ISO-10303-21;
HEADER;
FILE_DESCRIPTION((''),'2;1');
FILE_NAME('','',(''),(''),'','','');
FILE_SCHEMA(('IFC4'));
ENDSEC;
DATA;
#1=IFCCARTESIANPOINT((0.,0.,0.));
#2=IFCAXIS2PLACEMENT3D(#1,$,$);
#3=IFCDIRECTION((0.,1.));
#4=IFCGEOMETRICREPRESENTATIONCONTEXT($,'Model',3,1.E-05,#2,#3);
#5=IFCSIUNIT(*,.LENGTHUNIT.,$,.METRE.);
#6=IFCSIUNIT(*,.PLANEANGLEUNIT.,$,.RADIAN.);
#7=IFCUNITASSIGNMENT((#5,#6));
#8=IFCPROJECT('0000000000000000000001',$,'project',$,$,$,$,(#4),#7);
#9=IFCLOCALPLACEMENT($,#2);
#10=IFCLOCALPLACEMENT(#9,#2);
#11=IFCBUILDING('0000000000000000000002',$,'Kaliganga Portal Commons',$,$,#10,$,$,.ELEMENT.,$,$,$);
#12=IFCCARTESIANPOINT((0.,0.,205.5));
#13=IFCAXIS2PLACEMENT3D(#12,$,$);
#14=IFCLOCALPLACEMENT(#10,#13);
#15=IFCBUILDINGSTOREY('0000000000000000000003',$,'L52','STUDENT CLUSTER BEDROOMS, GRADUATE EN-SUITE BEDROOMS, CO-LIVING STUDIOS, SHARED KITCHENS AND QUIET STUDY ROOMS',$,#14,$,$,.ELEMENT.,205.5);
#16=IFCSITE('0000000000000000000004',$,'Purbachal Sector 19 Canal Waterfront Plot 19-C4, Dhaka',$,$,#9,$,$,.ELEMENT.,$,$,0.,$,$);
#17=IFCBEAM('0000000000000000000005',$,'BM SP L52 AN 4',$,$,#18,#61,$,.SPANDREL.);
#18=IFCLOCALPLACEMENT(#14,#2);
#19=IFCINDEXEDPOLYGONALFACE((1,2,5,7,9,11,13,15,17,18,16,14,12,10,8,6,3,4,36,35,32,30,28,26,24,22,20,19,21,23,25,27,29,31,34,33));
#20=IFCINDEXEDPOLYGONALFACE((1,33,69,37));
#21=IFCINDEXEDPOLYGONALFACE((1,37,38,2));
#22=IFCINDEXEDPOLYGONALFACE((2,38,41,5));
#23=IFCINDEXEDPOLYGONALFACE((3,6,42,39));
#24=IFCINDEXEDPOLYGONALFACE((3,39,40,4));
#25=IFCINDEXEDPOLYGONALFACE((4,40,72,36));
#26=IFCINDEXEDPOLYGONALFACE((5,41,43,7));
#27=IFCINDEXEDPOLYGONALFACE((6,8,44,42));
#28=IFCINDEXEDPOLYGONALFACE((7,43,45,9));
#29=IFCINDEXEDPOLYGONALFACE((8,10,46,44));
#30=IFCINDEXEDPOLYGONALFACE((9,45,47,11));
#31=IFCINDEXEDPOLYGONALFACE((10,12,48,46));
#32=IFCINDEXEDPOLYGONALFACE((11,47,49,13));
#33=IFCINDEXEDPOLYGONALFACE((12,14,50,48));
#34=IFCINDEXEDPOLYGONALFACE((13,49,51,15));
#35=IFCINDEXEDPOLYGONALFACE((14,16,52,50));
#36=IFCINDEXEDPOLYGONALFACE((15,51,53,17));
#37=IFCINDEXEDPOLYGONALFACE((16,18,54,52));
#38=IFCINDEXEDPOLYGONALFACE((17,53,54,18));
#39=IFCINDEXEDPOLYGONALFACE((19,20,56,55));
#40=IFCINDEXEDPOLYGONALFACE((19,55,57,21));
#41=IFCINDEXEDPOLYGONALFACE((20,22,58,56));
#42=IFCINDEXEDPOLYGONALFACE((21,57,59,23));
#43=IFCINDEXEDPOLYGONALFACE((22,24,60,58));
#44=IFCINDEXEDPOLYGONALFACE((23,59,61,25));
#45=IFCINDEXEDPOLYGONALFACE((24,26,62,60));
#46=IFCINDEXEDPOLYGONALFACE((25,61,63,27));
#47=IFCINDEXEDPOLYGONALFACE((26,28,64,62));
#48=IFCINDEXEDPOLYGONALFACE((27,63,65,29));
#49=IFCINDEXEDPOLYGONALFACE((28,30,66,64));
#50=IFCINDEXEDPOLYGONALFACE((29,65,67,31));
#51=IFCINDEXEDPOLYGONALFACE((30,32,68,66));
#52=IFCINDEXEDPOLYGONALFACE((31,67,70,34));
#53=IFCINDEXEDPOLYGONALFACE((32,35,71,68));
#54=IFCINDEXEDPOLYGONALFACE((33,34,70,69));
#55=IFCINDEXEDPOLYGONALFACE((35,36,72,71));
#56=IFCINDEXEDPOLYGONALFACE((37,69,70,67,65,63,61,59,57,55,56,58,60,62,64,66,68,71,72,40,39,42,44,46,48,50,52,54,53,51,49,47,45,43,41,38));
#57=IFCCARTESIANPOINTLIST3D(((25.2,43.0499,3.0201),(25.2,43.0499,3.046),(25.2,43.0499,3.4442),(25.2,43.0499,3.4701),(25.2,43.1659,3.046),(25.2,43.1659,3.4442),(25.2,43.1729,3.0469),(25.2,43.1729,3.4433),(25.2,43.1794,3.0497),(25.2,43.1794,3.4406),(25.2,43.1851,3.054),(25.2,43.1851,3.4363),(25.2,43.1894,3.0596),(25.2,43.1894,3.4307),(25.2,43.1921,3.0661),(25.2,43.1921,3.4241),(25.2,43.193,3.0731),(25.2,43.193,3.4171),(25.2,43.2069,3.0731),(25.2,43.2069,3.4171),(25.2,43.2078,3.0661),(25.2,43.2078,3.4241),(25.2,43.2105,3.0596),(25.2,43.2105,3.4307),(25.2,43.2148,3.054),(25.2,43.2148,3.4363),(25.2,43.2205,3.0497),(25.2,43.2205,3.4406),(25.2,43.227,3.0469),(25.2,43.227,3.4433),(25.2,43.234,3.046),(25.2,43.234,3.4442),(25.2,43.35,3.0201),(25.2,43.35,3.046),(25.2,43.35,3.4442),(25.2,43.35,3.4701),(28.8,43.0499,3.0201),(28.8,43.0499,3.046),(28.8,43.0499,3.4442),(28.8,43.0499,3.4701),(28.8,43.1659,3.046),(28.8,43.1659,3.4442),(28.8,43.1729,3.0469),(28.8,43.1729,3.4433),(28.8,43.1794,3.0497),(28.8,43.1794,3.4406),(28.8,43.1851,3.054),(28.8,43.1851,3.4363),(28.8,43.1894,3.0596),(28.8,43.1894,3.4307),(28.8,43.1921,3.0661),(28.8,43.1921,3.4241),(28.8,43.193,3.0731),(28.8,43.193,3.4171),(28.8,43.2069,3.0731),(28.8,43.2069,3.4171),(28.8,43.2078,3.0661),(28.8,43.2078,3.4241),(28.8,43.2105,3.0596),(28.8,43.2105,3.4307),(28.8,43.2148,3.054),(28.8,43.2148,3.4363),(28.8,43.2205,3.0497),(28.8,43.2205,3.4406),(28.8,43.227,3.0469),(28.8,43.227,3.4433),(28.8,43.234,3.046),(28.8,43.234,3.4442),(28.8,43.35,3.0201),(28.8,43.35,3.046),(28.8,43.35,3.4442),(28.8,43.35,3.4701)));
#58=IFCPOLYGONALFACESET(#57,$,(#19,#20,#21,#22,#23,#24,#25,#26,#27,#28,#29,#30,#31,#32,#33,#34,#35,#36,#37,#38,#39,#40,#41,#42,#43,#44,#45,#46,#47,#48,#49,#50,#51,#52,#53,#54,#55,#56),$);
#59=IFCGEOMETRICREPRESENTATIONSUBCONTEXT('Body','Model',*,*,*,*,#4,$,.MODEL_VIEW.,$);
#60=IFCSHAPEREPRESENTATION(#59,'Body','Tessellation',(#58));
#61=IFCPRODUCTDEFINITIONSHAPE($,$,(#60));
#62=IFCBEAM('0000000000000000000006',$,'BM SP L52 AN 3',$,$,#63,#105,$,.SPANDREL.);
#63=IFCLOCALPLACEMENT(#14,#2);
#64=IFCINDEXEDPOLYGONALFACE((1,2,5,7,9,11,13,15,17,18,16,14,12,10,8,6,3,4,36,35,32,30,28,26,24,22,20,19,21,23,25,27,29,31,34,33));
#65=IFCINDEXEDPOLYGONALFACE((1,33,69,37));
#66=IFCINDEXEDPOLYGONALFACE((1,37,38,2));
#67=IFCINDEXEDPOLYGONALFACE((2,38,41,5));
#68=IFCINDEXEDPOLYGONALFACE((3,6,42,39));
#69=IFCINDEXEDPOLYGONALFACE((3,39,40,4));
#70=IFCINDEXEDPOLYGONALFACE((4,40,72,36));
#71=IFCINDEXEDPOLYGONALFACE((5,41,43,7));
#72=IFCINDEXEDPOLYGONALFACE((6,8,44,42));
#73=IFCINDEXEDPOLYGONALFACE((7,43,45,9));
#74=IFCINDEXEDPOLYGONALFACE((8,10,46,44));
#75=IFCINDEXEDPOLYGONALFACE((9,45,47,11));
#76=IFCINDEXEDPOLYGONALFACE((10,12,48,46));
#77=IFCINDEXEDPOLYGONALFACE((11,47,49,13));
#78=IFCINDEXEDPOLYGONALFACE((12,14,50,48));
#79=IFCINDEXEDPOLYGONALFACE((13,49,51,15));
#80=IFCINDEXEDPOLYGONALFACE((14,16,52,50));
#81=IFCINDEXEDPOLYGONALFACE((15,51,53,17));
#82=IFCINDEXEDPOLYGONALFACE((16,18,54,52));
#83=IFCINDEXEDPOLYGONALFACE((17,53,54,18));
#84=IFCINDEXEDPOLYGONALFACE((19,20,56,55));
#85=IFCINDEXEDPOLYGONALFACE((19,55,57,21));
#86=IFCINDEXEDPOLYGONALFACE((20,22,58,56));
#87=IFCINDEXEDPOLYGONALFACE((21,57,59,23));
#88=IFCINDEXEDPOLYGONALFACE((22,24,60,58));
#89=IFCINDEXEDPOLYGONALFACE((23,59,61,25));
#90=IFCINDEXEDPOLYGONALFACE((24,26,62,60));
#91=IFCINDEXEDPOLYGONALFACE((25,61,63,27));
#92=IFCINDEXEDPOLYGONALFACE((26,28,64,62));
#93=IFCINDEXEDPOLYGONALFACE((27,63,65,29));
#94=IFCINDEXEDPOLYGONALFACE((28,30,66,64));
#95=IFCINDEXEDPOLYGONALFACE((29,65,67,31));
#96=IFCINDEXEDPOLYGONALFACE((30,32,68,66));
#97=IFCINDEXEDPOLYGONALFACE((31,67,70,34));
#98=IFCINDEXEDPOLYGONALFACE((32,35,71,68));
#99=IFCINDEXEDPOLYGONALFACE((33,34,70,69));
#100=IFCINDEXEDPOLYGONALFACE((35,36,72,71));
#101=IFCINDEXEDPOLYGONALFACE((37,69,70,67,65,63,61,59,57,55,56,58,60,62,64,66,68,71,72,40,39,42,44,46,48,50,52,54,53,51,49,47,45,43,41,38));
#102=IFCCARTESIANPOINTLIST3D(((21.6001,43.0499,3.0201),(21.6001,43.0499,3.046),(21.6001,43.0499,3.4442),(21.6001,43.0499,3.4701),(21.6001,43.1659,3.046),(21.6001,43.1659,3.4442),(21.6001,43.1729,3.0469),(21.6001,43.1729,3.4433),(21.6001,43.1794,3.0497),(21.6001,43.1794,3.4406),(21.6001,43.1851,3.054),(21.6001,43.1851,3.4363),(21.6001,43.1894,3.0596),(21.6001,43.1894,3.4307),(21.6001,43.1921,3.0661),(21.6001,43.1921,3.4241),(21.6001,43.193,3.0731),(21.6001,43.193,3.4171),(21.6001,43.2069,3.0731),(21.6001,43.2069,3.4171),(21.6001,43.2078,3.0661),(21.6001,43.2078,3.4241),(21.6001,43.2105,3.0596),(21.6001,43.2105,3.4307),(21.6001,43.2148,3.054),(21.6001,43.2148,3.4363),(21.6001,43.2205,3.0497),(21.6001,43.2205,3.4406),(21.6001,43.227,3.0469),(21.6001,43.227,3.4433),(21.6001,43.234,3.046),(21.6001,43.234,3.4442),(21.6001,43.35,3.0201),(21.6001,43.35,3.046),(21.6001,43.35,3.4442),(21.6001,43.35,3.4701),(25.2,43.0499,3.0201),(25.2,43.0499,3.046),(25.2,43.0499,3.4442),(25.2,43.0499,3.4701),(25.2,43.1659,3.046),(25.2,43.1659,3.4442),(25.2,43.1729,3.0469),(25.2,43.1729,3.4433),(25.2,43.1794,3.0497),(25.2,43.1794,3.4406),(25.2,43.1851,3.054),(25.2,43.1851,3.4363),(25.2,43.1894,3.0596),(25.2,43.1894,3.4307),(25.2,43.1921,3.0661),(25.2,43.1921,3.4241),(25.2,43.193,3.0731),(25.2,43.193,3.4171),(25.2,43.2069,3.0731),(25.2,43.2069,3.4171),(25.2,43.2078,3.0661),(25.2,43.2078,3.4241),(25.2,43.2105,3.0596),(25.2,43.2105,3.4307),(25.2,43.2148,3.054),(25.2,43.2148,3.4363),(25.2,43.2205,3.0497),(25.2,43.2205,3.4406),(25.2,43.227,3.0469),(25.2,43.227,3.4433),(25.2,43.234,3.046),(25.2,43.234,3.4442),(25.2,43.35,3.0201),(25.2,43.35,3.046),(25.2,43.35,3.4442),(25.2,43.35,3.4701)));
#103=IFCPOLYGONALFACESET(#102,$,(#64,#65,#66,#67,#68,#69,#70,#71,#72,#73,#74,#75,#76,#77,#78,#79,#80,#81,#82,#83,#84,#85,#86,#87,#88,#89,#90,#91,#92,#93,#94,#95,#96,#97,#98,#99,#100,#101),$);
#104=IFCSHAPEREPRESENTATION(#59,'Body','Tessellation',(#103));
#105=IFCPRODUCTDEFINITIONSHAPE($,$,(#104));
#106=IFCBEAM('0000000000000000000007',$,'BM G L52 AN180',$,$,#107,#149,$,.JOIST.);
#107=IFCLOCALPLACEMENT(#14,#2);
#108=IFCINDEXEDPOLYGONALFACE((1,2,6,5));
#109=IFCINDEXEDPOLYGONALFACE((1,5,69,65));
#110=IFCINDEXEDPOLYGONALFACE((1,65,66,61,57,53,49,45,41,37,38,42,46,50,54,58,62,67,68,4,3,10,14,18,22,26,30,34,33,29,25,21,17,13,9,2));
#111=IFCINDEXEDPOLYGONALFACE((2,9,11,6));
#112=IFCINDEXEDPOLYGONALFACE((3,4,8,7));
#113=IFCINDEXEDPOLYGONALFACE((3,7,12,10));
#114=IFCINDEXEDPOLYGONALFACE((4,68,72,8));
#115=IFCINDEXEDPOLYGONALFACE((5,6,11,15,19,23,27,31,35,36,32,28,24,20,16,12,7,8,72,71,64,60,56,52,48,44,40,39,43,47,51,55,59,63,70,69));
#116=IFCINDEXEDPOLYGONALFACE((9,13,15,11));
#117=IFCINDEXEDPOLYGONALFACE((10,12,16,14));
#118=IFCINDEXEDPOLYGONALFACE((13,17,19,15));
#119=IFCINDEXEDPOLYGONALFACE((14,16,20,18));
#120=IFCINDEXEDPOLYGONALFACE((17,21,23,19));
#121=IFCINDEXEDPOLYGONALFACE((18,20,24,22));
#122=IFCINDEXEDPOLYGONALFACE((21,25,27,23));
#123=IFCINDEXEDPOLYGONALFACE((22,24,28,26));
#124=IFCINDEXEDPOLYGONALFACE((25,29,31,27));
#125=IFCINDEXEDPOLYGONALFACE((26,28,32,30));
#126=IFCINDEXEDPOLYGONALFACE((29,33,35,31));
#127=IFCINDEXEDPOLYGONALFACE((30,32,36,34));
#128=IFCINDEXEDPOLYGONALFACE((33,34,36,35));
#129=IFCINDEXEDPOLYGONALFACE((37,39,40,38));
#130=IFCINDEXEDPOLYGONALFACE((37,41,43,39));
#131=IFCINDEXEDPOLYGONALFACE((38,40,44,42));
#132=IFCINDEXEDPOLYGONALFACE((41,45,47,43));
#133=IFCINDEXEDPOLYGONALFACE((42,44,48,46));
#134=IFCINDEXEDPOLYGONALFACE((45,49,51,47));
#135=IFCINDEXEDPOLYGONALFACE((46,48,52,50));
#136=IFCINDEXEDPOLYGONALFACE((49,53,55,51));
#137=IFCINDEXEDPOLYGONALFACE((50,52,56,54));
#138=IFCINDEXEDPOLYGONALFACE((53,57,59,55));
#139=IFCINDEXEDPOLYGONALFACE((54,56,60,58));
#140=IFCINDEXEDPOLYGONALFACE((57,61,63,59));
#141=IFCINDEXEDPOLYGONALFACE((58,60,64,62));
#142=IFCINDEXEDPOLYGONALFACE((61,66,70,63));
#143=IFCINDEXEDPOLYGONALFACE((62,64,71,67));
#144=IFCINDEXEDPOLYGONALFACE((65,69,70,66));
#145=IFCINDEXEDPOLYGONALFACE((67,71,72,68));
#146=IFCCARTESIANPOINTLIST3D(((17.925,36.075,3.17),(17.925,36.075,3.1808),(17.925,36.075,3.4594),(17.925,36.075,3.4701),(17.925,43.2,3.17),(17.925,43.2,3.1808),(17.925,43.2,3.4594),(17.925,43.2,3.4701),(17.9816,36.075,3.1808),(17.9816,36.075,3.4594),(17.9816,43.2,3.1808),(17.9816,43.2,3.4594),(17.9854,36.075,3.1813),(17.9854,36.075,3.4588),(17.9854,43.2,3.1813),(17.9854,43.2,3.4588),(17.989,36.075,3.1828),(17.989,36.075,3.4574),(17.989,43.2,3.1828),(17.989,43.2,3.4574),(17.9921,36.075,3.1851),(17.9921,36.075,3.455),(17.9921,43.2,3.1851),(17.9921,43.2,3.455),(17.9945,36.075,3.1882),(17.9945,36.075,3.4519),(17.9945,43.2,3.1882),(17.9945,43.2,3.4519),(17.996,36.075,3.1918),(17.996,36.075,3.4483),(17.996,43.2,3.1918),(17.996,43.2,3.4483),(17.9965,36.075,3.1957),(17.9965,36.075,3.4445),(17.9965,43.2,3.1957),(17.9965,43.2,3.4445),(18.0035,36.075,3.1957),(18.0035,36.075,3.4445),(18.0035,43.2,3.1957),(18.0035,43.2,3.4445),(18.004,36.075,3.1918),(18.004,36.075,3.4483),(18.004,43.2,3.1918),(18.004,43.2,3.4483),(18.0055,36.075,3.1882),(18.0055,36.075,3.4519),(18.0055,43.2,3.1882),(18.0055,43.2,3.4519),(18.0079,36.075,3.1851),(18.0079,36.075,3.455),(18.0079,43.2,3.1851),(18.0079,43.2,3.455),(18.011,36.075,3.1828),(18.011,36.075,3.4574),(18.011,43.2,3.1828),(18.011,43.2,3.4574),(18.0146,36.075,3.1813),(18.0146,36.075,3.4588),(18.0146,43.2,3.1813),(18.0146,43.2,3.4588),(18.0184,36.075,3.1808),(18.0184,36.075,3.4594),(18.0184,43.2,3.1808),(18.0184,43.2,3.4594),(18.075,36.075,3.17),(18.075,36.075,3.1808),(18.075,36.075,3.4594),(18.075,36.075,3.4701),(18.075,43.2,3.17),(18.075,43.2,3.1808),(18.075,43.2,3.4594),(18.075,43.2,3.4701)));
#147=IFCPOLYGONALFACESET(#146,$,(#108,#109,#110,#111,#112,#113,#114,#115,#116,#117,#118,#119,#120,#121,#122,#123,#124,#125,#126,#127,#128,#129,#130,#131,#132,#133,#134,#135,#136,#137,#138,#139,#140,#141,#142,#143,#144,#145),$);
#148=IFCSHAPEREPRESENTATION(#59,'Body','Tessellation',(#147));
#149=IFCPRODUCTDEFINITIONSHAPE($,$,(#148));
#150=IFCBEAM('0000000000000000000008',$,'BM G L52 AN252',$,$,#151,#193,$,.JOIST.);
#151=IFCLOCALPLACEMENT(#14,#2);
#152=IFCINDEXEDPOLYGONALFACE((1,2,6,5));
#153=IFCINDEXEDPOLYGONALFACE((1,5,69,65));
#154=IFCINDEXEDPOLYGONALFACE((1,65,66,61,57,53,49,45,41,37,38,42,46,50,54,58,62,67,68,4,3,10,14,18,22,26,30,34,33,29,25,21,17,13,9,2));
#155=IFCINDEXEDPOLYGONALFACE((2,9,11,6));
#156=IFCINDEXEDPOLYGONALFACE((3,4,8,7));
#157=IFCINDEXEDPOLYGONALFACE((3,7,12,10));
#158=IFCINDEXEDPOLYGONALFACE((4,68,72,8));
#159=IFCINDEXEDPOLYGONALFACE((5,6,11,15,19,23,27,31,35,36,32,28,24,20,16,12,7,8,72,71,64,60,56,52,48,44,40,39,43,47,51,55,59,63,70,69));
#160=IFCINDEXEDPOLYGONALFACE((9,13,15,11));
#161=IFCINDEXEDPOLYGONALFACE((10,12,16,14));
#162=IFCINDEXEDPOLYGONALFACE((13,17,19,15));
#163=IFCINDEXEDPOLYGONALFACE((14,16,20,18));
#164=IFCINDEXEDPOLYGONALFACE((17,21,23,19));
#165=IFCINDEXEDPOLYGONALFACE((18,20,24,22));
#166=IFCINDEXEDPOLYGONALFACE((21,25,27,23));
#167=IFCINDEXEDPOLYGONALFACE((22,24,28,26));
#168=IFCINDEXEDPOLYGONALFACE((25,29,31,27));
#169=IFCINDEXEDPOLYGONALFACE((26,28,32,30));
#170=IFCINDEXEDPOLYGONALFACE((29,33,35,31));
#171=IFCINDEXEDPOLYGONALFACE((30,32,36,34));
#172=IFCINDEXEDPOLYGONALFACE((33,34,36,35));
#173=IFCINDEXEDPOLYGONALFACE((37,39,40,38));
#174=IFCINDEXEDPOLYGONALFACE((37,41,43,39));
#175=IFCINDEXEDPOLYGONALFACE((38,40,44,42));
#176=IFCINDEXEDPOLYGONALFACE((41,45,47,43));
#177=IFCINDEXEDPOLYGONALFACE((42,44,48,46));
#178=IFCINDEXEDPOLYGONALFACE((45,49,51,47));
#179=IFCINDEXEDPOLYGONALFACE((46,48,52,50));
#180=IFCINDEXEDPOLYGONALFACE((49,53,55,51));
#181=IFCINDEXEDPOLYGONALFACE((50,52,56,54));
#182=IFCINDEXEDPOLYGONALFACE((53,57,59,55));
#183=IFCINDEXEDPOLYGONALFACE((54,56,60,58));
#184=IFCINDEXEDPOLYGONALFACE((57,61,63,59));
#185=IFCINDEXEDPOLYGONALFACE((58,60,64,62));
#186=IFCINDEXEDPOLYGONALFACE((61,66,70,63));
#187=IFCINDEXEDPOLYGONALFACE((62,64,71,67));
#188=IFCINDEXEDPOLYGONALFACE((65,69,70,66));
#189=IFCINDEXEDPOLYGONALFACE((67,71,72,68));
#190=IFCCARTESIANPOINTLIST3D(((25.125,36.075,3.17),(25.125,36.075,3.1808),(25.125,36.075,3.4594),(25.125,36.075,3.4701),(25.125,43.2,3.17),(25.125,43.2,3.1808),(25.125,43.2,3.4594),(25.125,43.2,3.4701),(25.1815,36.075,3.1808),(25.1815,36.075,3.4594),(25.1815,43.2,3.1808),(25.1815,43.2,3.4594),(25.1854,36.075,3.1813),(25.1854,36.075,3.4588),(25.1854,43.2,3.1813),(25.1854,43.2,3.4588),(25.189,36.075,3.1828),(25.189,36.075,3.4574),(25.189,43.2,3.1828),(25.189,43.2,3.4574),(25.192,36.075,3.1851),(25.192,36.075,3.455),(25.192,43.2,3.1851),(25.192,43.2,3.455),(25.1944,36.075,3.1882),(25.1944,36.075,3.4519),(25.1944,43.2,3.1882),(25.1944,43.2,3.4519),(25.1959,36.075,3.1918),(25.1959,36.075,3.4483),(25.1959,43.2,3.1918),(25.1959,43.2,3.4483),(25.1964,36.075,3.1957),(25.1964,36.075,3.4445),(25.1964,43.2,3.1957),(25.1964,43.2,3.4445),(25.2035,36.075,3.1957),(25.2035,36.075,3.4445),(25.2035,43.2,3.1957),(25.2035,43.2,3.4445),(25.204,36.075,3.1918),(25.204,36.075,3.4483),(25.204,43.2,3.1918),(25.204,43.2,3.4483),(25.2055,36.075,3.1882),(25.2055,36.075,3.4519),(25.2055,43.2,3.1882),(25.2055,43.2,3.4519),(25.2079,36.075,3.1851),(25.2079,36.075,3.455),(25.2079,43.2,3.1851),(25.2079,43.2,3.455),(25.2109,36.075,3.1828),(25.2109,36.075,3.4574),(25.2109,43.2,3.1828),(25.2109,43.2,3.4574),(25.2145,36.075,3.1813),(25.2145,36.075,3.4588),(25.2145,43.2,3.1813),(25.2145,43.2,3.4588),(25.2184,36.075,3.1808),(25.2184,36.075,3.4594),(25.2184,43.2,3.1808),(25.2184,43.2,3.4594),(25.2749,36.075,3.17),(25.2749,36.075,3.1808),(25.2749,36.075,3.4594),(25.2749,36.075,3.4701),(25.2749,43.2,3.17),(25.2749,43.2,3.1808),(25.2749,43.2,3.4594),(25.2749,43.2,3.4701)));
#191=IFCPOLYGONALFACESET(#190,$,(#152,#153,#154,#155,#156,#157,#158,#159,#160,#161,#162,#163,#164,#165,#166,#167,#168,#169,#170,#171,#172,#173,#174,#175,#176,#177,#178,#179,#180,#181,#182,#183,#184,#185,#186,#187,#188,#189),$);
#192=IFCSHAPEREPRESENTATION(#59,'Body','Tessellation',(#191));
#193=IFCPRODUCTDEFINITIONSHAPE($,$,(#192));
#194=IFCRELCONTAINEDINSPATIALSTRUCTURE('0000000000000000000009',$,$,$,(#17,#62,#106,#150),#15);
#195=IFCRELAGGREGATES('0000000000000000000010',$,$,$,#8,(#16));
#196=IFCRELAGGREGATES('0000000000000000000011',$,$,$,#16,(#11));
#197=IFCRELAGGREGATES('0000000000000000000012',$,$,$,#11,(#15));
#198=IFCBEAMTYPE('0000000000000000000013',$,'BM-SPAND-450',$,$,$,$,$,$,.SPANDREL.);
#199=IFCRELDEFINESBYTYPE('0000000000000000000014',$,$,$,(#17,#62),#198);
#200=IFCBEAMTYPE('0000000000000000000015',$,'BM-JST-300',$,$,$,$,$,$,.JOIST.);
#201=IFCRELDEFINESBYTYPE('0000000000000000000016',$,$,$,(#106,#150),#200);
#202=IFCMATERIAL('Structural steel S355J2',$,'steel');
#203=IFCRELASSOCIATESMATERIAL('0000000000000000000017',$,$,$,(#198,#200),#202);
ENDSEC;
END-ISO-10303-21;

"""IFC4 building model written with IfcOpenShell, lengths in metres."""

from ifc_helpers import new_model, si_unit, direction, frame, origin, origin_2d, place, context, subcontext, project, spatial, i_section, extrude, source, transform, mapped, material, material_profile, profile_set, type_object, element, save


model = new_model("IFC4")

# Units and contexts
model_context = context("Model", 3, precision=1e-05, world=origin(), true_north=direction((0.0, 1.0)))
body_context = subcontext(model_context, "Body", "Model", "MODEL_VIEW")
ifc_project = project(units=[si_unit("LENGTHUNIT", "METRE"), si_unit("PLANEANGLEUNIT", "RADIAN")], contexts=[model_context])

# Site, building, storey
site_placement = place(None, origin())
site = spatial("IfcSite", under=ifc_project, at=site_placement, Name="Purbachal Sector 19 Canal Waterfront Plot 19-C4, Dhaka", CompositionType="ELEMENT", RefElevation=0.0)
building_placement = place(site_placement, origin())
building = spatial("IfcBuilding", under=site, at=building_placement, Name="Kaliganga Portal Commons", CompositionType="ELEMENT")
storey_placement = place(building_placement, frame((0.0, 0.0, 205.5)))
storey = spatial("IfcBuildingStorey", under=building, at=storey_placement, Name="L52", Description="STUDENT CLUSTER BEDROOMS, GRADUATE EN-SUITE BEDROOMS, CO-LIVING STUDIOS, SHARED KITCHENS AND QUIET STUDY ROOMS", CompositionType="ELEMENT", Elevation=205.5)

# Shared definitions
ifc_material_1 = material(Name="Structural steel S355J2", Category="steel")

# Beams
ifc_material_profile_1 = material_profile(ifc_material_1, i_section(OverallWidth=0.3, OverallDepth=0.45, WebThickness=0.0139, FlangeThickness=0.0259, FilletRadius=0.0271, at=origin_2d()), Name="HE 450 B")
ifc_profile_set_1 = profile_set([ifc_material_profile_1], Name="Structural steel S355J2 wide-flange")
beam_type_1 = type_object("IfcBeamType", Name="BM-SPAND-450", PredefinedType="SPANDREL", material=ifc_profile_set_1)
shared_shape_1 = source(origin(), body_context, "Body", "SweptSolid", [
    extrude(i_section(OverallWidth=0.3, OverallDepth=0.45, WebThickness=0.0139, FlangeThickness=0.0259, FilletRadius=0.0271, at=origin_2d()), origin(), (0.0, 0.0, 1.0), 3.6001),
])
for number, where, z_axis, x_axis, name in (
    (1, (25.2, 43.2, 3.2451), (1.0, 0.0, 0.0), (0.0, 1.0, 0.0), "BM SP L52 AN 4"),
):
    element("IfcBeam", number, at=place(storey_placement, frame(where, z_axis=z_axis, x_axis=x_axis)), inside=storey, type_object=beam_type_1, Name=name, PredefinedType="SPANDREL", context=body_context, shape_type="MappedRepresentation", body=[
        mapped(shared_shape_1, transform((0.0, 0.0, 0.0), x_axis=(1.0, 0.0, 0.0), y_axis=(0.0, 1.0, 0.0), z_axis=(0.0, 0.0, 1.0), scale=1.0)),
    ])
shared_shape_2 = source(origin(), body_context, "Body", "SweptSolid", [
    extrude(i_section(OverallWidth=0.3, OverallDepth=0.45, WebThickness=0.0139, FlangeThickness=0.0259, FilletRadius=0.0271, at=origin_2d()), origin(), (0.0, 0.0, 1.0), 3.5999),
])
beam_1_placement = place(storey_placement, frame((21.6001, 43.2, 3.2451), z_axis=(1.0, 0.0, 0.0), x_axis=(0.0, 1.0, 0.0)))
element("IfcBeam", 2, at=beam_1_placement, inside=storey, type_object=beam_type_1, Name="BM SP L52 AN 3", PredefinedType="SPANDREL", context=body_context, shape_type="MappedRepresentation", body=[
    mapped(shared_shape_2, transform((0.0, 0.0, 0.0), x_axis=(1.0, 0.0, 0.0), y_axis=(0.0, 1.0, 0.0), z_axis=(0.0, 0.0, 1.0), scale=1.0)),
])
ifc_material_profile_2 = material_profile(ifc_material_1, i_section(OverallWidth=0.1499, OverallDepth=0.3, WebThickness=0.0071, FlangeThickness=0.0107, FilletRadius=0.0149, at=origin_2d()), Name="IPE 300")
ifc_profile_set_2 = profile_set([ifc_material_profile_2], Name="Structural steel S355J2 wide-flange")
beam_type_2 = type_object("IfcBeamType", Name="BM-JST-300", PredefinedType="JOIST", material=ifc_profile_set_2)
shared_shape_3 = source(origin(), body_context, "Body", "SweptSolid", [
    extrude(i_section(OverallWidth=0.1499, OverallDepth=0.3, WebThickness=0.0071, FlangeThickness=0.0107, FilletRadius=0.0149, at=origin_2d()), origin(), (0.0, 0.0, 1.0), 7.125),
])
for number, where, z_axis, x_axis, name in (
    (3, (18.0, 36.075, 3.3201), (0.0, 1.0, 0.0), (-1.0, 0.0, 0.0), "BM G L52 AN180"),
    (4, (25.2, 36.075, 3.3201), (0.0, 1.0, 0.0), (-1.0, 0.0, 0.0), "BM G L52 AN252"),
):
    element("IfcBeam", number, at=place(storey_placement, frame(where, z_axis=z_axis, x_axis=x_axis)), inside=storey, type_object=beam_type_2, Name=name, PredefinedType="JOIST", context=body_context, shape_type="MappedRepresentation", body=[
        mapped(shared_shape_3, transform((0.0, 0.0, 0.0), x_axis=(1.0, 0.0, 0.0), y_axis=(0.0, 1.0, 0.0), z_axis=(0.0, 0.0, 1.0), scale=1.0)),
    ])

save(model, "model.ifc")
